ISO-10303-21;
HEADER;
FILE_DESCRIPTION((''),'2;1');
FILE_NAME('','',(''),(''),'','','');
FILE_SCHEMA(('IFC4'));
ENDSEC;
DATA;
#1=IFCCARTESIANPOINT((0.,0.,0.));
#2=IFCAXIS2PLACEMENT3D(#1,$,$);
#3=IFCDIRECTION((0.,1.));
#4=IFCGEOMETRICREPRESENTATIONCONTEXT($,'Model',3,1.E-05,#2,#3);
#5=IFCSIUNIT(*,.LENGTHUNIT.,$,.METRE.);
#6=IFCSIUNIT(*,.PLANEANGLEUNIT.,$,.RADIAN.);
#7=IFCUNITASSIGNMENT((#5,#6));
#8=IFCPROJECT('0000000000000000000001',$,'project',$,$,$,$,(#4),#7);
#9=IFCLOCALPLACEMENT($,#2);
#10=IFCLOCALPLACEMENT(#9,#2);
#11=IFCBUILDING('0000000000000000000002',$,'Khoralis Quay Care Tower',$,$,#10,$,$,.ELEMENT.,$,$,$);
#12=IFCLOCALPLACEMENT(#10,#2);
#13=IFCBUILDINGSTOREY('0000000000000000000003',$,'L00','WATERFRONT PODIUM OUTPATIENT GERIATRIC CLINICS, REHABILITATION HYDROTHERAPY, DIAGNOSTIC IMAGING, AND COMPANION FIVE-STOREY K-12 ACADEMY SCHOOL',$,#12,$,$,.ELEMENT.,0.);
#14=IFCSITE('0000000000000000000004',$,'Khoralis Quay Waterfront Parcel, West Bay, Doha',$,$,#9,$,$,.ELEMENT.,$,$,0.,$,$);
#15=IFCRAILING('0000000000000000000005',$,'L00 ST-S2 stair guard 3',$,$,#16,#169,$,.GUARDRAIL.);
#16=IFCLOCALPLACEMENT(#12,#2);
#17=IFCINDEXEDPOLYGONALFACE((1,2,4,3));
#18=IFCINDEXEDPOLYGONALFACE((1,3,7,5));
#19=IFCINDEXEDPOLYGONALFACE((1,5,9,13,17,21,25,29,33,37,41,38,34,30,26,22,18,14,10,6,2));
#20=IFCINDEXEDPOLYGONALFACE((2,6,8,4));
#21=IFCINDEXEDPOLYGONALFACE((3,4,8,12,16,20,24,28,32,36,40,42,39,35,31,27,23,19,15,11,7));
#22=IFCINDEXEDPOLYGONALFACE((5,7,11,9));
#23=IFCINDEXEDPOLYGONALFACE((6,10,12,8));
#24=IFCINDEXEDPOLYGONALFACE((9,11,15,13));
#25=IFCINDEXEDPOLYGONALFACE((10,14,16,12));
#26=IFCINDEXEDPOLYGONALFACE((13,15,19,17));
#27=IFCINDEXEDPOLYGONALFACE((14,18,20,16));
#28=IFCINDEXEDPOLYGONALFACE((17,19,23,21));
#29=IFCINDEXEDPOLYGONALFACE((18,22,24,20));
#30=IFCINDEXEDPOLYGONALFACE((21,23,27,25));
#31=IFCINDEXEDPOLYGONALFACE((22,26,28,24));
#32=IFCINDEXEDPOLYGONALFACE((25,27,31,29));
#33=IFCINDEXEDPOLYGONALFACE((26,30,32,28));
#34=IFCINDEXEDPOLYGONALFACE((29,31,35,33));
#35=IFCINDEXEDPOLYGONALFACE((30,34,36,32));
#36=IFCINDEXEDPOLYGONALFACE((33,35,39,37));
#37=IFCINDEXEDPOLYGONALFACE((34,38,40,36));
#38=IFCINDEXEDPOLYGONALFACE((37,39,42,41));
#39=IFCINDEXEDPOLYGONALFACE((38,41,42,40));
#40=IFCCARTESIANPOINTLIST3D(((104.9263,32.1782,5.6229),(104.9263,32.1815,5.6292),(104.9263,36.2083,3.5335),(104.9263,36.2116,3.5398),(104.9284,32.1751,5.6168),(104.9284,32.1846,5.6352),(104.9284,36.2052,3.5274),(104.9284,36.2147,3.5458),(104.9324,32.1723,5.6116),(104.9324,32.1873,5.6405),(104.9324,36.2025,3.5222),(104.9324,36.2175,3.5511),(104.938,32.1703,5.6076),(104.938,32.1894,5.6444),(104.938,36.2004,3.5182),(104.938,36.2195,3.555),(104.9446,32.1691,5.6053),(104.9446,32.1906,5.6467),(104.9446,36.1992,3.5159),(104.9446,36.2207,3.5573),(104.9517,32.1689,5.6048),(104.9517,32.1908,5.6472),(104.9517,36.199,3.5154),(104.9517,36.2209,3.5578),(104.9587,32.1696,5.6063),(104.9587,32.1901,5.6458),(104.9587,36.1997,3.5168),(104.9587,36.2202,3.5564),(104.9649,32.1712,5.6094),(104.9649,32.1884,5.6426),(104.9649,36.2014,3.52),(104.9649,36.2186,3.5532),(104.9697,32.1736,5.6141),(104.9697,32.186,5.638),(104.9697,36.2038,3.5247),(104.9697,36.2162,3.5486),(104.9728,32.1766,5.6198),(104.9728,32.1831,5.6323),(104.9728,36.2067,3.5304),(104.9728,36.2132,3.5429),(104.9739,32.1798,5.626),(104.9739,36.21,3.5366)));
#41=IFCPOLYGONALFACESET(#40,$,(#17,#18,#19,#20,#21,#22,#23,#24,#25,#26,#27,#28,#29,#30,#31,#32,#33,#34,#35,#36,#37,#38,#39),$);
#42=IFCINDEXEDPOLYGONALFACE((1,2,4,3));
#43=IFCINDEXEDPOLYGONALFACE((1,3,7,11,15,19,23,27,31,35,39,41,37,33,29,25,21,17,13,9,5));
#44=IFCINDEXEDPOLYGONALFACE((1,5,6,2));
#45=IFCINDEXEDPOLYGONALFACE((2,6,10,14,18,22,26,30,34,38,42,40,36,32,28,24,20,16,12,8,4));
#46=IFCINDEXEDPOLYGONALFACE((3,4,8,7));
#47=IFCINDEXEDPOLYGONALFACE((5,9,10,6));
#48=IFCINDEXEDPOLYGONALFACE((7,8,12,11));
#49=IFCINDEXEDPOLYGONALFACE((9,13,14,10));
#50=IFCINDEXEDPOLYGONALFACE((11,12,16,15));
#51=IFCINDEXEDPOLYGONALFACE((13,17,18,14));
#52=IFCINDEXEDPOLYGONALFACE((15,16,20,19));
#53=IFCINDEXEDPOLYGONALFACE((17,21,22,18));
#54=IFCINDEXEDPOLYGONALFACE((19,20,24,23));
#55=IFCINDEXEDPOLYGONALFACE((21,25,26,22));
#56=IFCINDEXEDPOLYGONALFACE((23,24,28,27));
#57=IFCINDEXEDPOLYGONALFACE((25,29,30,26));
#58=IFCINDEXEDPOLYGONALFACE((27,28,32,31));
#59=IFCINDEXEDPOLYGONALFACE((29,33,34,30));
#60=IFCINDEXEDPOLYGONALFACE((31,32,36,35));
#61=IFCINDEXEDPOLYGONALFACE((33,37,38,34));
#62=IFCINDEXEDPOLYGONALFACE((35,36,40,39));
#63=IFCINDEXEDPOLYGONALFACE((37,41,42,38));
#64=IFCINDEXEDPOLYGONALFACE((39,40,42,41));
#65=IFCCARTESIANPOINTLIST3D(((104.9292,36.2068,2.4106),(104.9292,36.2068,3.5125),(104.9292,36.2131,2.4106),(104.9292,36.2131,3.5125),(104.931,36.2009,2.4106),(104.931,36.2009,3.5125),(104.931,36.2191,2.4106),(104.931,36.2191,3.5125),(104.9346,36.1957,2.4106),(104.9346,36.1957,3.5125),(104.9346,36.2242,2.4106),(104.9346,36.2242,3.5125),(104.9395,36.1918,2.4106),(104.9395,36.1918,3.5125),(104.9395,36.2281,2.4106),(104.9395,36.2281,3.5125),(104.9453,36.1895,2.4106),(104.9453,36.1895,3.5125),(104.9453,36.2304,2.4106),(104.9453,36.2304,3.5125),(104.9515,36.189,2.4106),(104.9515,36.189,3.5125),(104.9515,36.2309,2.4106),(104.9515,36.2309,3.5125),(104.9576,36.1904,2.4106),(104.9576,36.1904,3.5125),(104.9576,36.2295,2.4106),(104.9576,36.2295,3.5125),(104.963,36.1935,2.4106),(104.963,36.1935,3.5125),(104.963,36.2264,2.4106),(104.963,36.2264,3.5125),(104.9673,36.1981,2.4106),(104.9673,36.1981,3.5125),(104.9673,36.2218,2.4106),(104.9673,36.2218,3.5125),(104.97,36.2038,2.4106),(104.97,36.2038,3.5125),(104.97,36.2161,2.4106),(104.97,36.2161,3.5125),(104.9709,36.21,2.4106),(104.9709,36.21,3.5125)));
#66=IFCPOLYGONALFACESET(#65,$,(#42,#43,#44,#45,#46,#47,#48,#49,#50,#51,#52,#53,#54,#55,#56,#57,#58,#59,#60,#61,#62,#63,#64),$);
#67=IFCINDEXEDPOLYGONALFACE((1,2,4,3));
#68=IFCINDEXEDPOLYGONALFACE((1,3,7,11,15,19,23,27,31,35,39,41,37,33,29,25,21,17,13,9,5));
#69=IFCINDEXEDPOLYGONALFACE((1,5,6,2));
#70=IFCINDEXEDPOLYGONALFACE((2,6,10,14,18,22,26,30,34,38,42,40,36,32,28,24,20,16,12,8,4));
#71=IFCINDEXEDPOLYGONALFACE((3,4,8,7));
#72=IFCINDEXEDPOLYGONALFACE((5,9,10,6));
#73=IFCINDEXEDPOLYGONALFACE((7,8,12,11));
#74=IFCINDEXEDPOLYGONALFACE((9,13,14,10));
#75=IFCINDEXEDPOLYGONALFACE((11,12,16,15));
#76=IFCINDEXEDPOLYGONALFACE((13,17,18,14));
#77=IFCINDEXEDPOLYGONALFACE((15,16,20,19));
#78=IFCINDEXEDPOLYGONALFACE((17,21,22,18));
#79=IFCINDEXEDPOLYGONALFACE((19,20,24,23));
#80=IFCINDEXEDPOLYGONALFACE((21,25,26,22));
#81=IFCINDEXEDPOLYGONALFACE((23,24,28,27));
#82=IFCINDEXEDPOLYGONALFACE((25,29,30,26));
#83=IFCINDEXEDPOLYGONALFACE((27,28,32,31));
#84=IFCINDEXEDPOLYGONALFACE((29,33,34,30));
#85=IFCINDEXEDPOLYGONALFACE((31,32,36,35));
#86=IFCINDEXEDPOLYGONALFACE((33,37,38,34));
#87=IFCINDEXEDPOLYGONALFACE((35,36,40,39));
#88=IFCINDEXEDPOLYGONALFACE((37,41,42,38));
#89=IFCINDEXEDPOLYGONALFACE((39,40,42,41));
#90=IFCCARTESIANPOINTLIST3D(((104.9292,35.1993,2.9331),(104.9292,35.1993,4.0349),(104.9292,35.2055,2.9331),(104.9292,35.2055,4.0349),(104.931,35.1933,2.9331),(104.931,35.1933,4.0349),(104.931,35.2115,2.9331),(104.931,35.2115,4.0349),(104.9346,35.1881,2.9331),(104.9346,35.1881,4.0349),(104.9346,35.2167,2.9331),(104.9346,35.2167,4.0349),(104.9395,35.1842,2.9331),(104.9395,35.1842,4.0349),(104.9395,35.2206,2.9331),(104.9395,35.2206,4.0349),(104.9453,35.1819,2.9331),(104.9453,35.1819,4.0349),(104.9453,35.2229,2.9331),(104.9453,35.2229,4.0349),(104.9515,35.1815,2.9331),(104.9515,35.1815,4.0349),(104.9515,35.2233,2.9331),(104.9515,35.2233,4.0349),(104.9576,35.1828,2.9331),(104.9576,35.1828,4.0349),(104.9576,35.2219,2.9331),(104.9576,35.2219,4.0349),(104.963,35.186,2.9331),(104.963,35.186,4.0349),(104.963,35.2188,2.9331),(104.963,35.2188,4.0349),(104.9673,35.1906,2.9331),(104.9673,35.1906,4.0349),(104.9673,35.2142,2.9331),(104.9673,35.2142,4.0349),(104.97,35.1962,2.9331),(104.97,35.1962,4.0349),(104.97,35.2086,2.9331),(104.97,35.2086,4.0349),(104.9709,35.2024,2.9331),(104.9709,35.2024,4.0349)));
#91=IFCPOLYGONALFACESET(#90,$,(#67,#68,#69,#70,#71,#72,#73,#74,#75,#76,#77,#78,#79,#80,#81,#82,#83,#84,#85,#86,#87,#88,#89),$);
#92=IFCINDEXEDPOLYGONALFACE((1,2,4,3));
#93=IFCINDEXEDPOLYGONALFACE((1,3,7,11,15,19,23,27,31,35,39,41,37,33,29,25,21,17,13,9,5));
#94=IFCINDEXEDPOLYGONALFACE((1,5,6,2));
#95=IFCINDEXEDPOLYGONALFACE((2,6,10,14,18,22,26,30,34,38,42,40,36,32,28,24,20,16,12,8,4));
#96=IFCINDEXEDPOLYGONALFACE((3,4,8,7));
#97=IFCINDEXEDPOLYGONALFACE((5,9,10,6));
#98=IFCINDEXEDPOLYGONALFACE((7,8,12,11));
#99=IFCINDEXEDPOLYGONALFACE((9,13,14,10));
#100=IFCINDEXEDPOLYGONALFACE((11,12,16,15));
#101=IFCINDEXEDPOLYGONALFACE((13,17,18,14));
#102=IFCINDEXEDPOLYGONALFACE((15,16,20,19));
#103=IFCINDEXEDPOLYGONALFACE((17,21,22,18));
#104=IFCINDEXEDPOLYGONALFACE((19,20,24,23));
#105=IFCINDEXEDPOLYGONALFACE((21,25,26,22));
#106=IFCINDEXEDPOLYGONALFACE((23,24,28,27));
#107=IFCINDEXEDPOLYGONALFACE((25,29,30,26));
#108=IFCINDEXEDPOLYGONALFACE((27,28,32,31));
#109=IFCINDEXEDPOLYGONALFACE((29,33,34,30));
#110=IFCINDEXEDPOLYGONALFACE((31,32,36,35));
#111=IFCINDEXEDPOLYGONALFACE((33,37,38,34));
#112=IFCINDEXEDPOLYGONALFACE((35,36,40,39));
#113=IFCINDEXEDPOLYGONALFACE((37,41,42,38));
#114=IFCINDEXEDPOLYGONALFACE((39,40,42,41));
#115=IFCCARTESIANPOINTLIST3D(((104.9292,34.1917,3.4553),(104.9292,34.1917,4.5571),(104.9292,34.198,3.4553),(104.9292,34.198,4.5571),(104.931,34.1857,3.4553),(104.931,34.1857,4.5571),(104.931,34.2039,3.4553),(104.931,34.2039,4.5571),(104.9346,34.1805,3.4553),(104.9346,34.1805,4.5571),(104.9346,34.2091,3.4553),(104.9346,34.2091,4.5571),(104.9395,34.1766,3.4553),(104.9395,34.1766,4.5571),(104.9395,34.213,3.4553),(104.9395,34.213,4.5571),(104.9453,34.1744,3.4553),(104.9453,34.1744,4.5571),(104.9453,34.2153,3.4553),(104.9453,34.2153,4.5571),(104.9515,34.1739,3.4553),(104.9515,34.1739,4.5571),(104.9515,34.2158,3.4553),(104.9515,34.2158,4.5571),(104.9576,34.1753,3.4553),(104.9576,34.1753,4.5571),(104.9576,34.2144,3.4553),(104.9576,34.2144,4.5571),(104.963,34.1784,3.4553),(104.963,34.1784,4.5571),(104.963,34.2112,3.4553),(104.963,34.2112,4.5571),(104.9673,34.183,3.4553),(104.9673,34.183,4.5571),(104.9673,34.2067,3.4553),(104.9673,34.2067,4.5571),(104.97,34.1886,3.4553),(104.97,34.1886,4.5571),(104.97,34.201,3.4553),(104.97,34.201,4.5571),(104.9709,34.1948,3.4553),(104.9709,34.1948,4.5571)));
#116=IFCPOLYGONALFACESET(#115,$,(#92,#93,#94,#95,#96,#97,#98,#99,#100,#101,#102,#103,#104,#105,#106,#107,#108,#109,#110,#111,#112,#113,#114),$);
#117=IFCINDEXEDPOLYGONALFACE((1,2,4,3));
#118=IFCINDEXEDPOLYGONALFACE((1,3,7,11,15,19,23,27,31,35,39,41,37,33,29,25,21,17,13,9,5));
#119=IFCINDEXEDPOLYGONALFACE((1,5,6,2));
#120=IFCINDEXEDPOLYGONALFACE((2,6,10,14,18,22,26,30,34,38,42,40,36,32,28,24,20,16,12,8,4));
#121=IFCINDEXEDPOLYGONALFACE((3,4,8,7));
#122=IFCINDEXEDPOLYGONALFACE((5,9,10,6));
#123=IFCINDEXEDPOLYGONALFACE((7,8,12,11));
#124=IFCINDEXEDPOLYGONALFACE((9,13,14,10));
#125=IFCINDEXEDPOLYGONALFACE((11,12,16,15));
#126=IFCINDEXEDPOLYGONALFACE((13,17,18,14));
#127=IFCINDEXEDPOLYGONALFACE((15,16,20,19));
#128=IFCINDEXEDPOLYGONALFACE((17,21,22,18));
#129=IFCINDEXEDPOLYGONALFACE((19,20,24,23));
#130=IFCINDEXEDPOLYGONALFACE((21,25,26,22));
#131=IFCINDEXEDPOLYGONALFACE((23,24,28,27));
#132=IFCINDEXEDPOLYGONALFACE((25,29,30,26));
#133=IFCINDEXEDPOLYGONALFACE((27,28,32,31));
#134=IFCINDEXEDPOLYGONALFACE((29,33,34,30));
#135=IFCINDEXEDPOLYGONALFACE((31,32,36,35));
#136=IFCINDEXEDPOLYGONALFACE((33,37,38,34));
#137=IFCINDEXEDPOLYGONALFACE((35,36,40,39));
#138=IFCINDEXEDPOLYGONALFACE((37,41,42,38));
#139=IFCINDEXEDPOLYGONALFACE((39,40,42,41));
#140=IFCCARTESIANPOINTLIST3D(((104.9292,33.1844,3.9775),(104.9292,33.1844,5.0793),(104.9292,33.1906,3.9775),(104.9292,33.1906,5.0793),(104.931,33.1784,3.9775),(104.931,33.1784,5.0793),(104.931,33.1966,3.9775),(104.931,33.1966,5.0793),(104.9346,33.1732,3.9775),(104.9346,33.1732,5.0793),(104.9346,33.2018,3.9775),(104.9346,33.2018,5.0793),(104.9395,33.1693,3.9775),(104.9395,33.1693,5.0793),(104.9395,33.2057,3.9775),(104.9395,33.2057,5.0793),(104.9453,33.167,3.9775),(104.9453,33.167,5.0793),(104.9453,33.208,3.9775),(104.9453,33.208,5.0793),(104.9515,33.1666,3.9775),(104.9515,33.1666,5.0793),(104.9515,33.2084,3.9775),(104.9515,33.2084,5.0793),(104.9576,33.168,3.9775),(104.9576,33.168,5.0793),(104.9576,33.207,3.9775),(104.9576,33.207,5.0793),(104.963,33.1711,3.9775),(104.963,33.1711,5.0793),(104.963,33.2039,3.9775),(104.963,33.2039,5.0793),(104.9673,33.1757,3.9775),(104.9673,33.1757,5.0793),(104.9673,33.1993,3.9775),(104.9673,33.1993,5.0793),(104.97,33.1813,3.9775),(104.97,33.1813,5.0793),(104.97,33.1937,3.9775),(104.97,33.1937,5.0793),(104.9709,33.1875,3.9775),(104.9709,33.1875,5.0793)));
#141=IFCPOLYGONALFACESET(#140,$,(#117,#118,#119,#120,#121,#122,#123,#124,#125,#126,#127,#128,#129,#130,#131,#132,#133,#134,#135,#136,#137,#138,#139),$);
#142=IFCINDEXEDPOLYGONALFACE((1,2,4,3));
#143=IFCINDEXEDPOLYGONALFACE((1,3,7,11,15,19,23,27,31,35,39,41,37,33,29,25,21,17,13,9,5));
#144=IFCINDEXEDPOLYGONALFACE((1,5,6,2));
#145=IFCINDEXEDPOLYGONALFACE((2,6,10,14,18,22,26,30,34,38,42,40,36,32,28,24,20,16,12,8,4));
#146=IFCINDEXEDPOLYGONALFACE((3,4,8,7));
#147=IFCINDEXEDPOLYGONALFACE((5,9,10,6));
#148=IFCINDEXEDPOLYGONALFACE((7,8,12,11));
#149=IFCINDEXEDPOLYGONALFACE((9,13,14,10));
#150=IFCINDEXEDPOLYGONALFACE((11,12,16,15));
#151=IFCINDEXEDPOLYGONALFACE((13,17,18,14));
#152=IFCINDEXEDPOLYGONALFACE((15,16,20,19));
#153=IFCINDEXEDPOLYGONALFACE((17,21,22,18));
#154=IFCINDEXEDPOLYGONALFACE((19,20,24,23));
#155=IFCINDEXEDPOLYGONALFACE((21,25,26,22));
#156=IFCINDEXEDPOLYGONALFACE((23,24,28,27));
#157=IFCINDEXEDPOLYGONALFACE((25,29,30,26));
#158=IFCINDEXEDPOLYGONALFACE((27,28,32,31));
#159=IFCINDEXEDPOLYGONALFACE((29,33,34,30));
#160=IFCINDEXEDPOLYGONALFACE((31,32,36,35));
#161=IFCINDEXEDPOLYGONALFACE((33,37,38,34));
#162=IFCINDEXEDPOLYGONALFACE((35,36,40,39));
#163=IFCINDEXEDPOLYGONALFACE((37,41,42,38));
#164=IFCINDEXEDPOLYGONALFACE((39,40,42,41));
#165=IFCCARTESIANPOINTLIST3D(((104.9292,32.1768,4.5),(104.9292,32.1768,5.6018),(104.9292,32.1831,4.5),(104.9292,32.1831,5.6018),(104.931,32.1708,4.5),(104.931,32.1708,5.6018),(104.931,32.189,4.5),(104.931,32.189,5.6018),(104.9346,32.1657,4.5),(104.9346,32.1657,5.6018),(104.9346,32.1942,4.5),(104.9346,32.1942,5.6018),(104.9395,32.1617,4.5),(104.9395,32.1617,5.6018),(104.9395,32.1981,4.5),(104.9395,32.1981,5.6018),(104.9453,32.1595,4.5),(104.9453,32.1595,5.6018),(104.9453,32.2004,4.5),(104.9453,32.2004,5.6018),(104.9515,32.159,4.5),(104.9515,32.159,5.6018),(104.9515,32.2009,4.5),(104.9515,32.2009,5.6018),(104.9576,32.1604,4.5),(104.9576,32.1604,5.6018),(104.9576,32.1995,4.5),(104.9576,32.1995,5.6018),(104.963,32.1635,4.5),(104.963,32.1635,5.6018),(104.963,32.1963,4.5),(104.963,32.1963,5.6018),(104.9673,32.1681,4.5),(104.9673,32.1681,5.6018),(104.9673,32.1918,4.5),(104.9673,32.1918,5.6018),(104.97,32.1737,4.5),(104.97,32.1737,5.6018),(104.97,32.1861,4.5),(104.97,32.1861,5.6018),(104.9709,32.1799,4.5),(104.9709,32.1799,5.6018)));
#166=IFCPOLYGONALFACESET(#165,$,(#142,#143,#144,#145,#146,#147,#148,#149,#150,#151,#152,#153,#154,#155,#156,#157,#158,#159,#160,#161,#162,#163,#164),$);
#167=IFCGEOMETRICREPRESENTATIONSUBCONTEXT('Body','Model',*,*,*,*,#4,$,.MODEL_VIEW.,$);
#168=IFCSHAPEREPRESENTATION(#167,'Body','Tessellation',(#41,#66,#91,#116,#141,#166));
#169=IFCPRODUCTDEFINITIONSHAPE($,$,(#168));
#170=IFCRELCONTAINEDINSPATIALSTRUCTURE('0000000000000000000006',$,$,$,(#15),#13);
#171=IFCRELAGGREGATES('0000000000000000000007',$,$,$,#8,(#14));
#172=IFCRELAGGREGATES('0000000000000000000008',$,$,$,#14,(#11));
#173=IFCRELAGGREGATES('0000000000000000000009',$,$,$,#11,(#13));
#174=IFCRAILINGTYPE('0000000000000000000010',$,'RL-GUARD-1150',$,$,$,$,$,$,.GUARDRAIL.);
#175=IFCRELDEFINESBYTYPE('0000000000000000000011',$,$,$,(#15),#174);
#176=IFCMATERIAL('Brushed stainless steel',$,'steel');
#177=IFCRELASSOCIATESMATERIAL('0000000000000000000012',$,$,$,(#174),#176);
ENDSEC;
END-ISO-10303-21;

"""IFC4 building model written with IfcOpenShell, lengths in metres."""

from ifc_helpers import new_model, si_unit, direction, frame, origin, origin_2d, place, context, subcontext, project, spatial, circle, extrude, material, type_object, element, save


model = new_model("IFC4")

# Units and contexts
model_context = context("Model", 3, precision=1e-05, world=origin(), true_north=direction((0.0, 1.0)))
body_context = subcontext(model_context, "Body", "Model", "MODEL_VIEW")
ifc_project = project(units=[si_unit("LENGTHUNIT", "METRE"), si_unit("PLANEANGLEUNIT", "RADIAN")], contexts=[model_context])

# Site, building, storey
site_placement = place(None, origin())
site = spatial("IfcSite", under=ifc_project, at=site_placement, Name="Khoralis Quay Waterfront Parcel, West Bay, Doha", CompositionType="ELEMENT", RefElevation=0.0)
building_placement = place(site_placement, origin())
building = spatial("IfcBuilding", under=site, at=building_placement, Name="Khoralis Quay Care Tower", CompositionType="ELEMENT")
storey_placement = place(building_placement, origin())
storey = spatial("IfcBuildingStorey", under=building, at=storey_placement, Name="L00", Description="WATERFRONT PODIUM OUTPATIENT GERIATRIC CLINICS, REHABILITATION HYDROTHERAPY, DIAGNOSTIC IMAGING, AND COMPANION FIVE-STOREY K-12 ACADEMY SCHOOL", CompositionType="ELEMENT", Elevation=0.0)

# Railing
ifc_material_1 = material(Name="Brushed stainless steel", Category="steel")
railing_type_1 = type_object("IfcRailingType", Name="RL-GUARD-1150", PredefinedType="GUARDRAIL", material=ifc_material_1)
railing_1_placement = place(storey_placement, frame((104.95, 36.21, 2.4106)))
element("IfcRailing", 1, at=railing_1_placement, inside=storey, type_object=railing_type_1, Name="L00 ST-S2 stair guard 3", PredefinedType="GUARDRAIL", context=body_context, shape_type="SweptSolid", body=[
    extrude(circle(Radius=0.0239, at=origin_2d()), frame((0.0, 0.0, 1.126), z_axis=(0.0, -0.887781, 0.460267), x_axis=(1.0, 0.0, 0.0)), (0.0, 0.0, 1.0), 4.5396),
    extrude(circle(Radius=0.021, at=origin_2d()), origin(), (0.0, 0.0, 1.0), 1.1018),
    extrude(circle(Radius=0.021, at=origin_2d()), frame((0.0, -1.0076, 0.5225)), (0.0, 0.0, 1.0), 1.1018),
    extrude(circle(Radius=0.021, at=origin_2d()), frame((0.0, -2.0151, 1.0447)), (0.0, 0.0, 1.0), 1.1018),
    extrude(circle(Radius=0.021, at=origin_2d()), frame((0.0, -3.0225, 1.5669)), (0.0, 0.0, 1.0), 1.1018),
    extrude(circle(Radius=0.021, at=origin_2d()), frame((0.0, -4.03, 2.0894)), (0.0, 0.0, 1.0), 1.1018),
])

save(model, "model.ifc")
